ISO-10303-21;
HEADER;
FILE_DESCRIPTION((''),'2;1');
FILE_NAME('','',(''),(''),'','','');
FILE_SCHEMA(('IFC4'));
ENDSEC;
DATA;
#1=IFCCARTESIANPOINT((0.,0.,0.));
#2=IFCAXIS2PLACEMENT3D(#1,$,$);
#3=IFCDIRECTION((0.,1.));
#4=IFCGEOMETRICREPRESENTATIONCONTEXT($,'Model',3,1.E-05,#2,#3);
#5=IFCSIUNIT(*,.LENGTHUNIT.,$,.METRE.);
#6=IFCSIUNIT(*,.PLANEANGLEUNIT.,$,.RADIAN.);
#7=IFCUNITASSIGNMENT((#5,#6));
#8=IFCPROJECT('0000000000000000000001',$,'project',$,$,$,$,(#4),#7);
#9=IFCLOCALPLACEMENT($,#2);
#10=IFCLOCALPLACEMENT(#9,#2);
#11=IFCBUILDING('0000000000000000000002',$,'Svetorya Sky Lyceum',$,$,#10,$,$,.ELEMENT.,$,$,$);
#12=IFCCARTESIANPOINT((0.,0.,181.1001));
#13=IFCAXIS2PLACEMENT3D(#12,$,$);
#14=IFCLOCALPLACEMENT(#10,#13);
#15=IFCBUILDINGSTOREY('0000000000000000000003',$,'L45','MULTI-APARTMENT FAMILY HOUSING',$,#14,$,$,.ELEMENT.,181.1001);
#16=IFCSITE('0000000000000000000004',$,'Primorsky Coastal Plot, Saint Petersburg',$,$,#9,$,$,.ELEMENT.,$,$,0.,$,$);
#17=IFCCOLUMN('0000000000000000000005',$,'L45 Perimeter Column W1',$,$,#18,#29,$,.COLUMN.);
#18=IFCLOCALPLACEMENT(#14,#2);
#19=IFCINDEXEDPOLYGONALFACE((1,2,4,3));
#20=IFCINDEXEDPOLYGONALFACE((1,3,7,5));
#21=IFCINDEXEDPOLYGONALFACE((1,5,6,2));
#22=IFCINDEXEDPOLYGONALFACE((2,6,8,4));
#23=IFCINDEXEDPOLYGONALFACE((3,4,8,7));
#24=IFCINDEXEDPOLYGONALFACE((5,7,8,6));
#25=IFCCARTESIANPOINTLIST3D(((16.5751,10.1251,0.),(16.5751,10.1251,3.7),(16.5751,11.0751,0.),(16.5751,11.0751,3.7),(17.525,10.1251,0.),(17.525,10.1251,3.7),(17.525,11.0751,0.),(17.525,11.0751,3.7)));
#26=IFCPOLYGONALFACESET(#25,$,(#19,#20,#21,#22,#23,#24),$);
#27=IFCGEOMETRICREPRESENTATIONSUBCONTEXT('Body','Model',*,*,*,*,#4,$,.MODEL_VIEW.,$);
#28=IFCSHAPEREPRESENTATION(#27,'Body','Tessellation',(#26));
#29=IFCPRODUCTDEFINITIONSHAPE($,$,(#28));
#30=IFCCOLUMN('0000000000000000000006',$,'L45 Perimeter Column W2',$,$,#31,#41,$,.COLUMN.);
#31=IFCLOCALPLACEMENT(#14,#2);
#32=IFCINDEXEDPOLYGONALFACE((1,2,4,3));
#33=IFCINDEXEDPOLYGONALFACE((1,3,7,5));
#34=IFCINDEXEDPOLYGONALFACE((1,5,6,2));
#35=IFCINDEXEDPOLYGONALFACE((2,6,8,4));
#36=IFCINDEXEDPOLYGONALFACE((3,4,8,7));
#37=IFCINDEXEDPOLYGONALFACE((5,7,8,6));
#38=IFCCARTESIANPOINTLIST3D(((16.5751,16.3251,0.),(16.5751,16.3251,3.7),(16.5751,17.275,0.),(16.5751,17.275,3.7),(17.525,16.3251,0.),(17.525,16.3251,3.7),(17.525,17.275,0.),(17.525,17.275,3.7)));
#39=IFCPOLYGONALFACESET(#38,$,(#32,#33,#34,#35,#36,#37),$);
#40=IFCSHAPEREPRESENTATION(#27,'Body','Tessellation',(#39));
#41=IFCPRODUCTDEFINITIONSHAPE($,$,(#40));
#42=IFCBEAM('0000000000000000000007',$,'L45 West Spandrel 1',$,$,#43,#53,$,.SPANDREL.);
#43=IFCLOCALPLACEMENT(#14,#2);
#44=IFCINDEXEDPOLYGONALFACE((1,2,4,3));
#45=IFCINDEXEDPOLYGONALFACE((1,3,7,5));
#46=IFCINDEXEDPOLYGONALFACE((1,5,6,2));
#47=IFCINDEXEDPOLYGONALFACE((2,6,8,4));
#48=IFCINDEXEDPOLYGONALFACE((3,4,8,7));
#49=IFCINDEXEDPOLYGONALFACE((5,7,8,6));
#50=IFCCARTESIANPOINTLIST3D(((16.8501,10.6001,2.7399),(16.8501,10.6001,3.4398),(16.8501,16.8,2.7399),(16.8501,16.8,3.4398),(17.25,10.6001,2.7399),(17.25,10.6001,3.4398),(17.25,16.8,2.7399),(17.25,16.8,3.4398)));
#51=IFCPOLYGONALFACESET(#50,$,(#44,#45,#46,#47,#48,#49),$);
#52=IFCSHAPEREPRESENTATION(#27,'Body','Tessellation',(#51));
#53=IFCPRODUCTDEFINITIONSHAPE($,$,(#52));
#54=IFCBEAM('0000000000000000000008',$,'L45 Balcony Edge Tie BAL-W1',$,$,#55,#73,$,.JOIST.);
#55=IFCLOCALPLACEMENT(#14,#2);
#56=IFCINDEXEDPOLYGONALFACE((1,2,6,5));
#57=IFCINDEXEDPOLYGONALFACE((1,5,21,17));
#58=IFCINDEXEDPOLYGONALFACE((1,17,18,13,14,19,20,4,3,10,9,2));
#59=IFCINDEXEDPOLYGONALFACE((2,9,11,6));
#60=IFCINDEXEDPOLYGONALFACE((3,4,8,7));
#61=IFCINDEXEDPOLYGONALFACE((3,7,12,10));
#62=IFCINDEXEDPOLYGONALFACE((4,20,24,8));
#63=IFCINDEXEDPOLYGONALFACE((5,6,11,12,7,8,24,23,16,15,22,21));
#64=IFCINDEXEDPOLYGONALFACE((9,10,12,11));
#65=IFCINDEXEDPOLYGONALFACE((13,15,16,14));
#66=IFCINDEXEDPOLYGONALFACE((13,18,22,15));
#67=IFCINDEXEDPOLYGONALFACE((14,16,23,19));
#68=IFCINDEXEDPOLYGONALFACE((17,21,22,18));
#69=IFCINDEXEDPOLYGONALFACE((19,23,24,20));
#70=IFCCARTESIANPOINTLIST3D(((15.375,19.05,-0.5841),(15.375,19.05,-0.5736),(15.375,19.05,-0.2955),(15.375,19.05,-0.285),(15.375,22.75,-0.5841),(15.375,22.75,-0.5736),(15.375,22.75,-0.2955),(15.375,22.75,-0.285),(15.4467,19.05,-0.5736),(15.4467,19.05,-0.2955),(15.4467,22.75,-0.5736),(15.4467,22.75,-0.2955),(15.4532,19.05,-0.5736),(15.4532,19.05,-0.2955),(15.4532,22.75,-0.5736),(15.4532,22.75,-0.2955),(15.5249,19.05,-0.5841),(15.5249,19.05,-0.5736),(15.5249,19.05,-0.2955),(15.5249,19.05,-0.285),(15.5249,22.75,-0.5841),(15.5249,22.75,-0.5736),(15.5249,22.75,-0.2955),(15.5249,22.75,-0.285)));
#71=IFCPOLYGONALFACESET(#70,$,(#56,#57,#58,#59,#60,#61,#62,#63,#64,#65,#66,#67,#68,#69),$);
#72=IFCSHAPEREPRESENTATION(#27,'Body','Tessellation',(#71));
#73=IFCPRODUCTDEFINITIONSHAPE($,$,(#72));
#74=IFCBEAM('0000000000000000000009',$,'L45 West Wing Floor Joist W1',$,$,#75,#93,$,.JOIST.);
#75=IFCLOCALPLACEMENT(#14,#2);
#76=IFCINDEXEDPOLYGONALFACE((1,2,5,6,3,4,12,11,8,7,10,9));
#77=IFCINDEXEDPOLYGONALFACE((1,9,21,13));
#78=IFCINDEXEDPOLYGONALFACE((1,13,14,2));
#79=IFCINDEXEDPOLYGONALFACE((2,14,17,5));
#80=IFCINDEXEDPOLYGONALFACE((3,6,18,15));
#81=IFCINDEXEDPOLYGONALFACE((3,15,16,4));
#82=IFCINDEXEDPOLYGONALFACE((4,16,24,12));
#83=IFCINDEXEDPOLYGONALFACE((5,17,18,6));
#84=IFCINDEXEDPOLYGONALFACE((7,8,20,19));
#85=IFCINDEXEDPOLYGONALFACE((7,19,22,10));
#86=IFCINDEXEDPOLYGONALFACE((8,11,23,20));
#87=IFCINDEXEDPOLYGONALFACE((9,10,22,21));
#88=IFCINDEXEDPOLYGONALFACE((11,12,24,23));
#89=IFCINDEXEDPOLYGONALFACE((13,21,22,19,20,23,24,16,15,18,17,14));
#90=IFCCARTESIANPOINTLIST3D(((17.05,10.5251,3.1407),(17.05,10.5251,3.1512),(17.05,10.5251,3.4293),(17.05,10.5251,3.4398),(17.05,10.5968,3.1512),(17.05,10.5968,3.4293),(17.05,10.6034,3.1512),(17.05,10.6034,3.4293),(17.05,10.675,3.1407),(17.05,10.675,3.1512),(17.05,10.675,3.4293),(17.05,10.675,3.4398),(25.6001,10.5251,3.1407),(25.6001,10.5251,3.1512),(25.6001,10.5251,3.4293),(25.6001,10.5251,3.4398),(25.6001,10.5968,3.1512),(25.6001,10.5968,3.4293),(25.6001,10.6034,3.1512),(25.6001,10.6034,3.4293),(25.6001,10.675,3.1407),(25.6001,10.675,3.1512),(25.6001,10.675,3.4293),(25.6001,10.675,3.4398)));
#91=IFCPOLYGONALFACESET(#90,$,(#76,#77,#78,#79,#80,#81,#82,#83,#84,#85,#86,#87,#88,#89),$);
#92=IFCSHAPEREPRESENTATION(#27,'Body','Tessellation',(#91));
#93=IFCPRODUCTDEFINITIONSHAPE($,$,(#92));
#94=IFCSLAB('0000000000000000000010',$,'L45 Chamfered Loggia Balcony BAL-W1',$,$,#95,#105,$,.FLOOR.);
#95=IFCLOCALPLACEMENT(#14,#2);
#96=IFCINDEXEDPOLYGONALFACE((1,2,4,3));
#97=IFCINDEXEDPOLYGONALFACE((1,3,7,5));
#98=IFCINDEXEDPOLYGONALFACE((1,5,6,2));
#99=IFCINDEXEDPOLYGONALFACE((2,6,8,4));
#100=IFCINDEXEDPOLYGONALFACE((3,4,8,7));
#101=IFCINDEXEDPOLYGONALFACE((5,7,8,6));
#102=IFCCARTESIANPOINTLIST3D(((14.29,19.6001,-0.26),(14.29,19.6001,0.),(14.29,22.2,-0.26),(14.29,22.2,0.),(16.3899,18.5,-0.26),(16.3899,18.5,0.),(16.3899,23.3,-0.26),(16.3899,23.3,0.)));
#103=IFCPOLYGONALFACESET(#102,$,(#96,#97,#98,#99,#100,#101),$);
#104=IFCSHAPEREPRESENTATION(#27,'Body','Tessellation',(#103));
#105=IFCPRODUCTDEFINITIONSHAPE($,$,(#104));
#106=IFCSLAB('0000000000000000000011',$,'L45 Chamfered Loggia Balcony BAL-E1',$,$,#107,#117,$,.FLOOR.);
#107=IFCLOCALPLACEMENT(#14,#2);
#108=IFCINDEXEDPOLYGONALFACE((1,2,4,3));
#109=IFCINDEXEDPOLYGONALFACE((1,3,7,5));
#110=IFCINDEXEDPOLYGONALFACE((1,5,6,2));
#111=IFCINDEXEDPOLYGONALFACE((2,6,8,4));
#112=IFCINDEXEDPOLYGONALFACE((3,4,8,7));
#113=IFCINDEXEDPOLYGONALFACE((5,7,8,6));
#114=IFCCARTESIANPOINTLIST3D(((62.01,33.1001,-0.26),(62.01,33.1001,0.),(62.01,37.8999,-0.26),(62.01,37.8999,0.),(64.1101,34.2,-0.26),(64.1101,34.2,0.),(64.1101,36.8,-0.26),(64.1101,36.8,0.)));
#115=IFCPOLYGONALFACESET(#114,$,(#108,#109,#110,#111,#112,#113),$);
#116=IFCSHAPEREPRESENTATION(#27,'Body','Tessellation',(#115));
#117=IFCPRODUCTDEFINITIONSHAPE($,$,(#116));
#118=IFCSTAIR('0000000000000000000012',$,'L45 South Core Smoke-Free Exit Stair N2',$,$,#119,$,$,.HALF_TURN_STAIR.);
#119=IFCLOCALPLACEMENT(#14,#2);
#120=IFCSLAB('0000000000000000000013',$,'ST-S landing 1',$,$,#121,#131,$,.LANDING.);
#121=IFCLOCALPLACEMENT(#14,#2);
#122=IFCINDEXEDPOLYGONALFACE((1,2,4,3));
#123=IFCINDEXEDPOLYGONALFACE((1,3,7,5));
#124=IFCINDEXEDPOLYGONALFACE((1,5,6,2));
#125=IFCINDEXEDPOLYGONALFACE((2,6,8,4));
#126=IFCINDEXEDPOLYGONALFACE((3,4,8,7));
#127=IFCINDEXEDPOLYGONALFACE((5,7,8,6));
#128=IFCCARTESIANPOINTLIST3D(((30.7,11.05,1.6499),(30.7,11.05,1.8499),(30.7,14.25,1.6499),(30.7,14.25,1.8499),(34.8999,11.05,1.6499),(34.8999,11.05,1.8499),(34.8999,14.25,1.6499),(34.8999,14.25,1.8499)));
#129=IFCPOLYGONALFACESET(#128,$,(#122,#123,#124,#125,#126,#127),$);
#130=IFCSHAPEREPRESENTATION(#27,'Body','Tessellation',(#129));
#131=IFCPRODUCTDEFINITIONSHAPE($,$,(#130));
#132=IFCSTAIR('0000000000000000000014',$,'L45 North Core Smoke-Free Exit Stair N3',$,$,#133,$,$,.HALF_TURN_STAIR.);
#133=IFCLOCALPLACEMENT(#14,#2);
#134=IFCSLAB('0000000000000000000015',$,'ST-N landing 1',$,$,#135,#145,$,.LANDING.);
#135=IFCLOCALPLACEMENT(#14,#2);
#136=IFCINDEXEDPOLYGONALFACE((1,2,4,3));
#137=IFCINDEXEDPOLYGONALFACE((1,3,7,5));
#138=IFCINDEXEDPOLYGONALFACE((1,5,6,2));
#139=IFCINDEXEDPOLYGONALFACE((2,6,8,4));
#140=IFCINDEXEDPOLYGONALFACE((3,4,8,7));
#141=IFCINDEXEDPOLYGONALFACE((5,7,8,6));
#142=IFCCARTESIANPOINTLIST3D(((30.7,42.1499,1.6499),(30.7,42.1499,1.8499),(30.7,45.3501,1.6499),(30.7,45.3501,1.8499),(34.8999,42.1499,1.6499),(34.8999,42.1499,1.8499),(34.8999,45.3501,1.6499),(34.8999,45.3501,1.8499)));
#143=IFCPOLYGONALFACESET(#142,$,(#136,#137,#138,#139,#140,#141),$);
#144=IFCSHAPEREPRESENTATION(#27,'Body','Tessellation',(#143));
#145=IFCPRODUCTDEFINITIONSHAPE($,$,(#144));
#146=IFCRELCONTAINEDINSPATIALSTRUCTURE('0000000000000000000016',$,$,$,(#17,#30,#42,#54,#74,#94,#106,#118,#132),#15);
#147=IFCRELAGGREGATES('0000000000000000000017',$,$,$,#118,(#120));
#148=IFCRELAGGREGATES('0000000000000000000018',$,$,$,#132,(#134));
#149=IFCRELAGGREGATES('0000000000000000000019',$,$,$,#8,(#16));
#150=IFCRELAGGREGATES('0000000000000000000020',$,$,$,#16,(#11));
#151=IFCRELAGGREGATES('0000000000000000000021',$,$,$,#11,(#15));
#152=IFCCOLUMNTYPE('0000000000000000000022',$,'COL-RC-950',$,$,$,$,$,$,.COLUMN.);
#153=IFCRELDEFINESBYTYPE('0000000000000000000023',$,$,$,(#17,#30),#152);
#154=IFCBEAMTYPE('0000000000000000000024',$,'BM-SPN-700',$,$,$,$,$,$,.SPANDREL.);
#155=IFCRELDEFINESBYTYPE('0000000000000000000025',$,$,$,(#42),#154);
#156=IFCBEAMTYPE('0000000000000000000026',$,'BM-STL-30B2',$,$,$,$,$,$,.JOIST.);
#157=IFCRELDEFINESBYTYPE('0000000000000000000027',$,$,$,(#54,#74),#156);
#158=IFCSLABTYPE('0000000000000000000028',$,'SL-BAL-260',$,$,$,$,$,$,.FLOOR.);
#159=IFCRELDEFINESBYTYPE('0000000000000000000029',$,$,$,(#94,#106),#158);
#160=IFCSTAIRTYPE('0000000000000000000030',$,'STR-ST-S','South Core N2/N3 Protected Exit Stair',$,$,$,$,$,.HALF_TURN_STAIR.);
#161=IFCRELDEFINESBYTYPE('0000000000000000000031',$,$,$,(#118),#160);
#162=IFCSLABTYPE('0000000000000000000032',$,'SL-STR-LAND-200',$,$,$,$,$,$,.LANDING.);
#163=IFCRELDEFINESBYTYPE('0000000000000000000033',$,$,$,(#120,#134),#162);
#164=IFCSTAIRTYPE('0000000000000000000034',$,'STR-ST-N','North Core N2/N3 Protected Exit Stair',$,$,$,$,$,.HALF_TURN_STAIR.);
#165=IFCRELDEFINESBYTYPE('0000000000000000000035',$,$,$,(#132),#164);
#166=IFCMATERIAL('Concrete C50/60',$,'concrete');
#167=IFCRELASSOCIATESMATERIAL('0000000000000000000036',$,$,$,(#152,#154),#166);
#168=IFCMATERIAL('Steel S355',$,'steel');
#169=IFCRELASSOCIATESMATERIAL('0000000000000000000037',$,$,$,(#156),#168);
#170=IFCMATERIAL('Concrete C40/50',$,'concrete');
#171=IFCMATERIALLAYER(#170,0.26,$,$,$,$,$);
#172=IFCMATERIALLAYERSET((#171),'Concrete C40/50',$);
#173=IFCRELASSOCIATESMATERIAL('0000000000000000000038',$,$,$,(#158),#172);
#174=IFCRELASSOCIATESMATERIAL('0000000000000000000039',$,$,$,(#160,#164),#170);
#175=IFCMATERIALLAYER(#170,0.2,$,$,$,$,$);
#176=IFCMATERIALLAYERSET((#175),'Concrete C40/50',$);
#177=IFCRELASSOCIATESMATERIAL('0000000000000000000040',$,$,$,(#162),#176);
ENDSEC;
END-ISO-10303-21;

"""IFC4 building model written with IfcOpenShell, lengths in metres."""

from ifc_helpers import new_model, si_unit, direction, frame, origin, origin_2d, place, context, subcontext, project, spatial, polyline, rectangle, i_section, outline, extrude, material, layer, layer_set, material_profile, profile_set, type_object, element, aggregate, save


model = new_model("IFC4")

# Units and contexts
model_context = context("Model", 3, precision=1e-05, world=origin(), true_north=direction((0.0, 1.0)))
body_context = subcontext(model_context, "Body", "Model", "MODEL_VIEW")
ifc_project = project(units=[si_unit("LENGTHUNIT", "METRE"), si_unit("PLANEANGLEUNIT", "RADIAN")], contexts=[model_context])

# Site, building, storey
site_placement = place(None, origin())
site = spatial("IfcSite", under=ifc_project, at=site_placement, Name="Primorsky Coastal Plot, Saint Petersburg", CompositionType="ELEMENT", RefElevation=0.0)
building_placement = place(site_placement, origin())
building = spatial("IfcBuilding", under=site, at=building_placement, Name="Svetorya Sky Lyceum", CompositionType="ELEMENT")
storey_placement = place(building_placement, frame((0.0, 0.0, 181.1001)))
storey = spatial("IfcBuildingStorey", under=building, at=storey_placement, Name="L45", Description="MULTI-APARTMENT FAMILY HOUSING", CompositionType="ELEMENT", Elevation=181.1001)

# Columns
ifc_material_1 = material(Name="Concrete C50/60", Category="concrete")
ifc_material_profile_1 = material_profile(ifc_material_1, rectangle(XDim=0.95, YDim=0.95, at=origin_2d()), Name="RC COL 950x950")
ifc_profile_set_1 = profile_set([ifc_material_profile_1], Name="Concrete C50/60")
column_type = type_object("IfcColumnType", Name="COL-RC-950", PredefinedType="COLUMN", material=ifc_profile_set_1)
for number, where, z_axis, x_axis, name in (
    (1, (17.05, 10.6001, 0.0), (0.0, 0.0, 1.0), (1.0, 0.0, 0.0), "L45 Perimeter Column W1"),
    (2, (17.05, 16.8, 0.0), (0.0, 0.0, 1.0), (1.0, 0.0, 0.0), "L45 Perimeter Column W2"),
):
    element("IfcColumn", number, at=place(storey_placement, frame(where, z_axis=z_axis, x_axis=x_axis)), inside=storey, type_object=column_type, Name=name, PredefinedType="COLUMN", context=body_context, shape_type="SweptSolid", body=[
        extrude(rectangle(XDim=0.95, YDim=0.95, at=origin_2d()), origin(), (0.0, 0.0, 1.0), 3.7),
    ])

# Beams
ifc_material_profile_2 = material_profile(ifc_material_1, rectangle(XDim=0.3999, YDim=0.7, at=origin_2d()), Name="RC SPANDREL 400x700")
ifc_profile_set_2 = profile_set([ifc_material_profile_2], Name="Concrete C50/60")
beam_type_1 = type_object("IfcBeamType", Name="BM-SPN-700", PredefinedType="SPANDREL", material=ifc_profile_set_2)
beam_1_placement = place(storey_placement, frame((17.05, 10.6001, 3.0898), z_axis=(0.0, 1.0, 0.0), x_axis=(-1.0, 0.0, 0.0)))
element("IfcBeam", 3, at=beam_1_placement, inside=storey, type_object=beam_type_1, Name="L45 West Spandrel 1", PredefinedType="SPANDREL", context=body_context, shape_type="SweptSolid", body=[
    extrude(rectangle(XDim=0.3999, YDim=0.7, at=origin_2d()), origin(), (0.0, 0.0, 1.0), 6.2),
])
ifc_material_2 = material(Name="Steel S355", Category="steel")
ifc_material_profile_3 = material_profile(ifc_material_2, i_section(OverallWidth=0.1499, OverallDepth=0.2991, WebThickness=0.0066, FlangeThickness=0.0105, at=origin_2d()), Name="GOST 30B2")
ifc_profile_set_3 = profile_set([ifc_material_profile_3], Name="Steel S355")
beam_type_2 = type_object("IfcBeamType", Name="BM-STL-30B2", PredefinedType="JOIST", material=ifc_profile_set_3)
beam_2_placement = place(storey_placement, frame((15.45, 19.05, -0.4346), z_axis=(0.0, 1.0, 0.0), x_axis=(-1.0, 0.0, 0.0)))
element("IfcBeam", 4, at=beam_2_placement, inside=storey, type_object=beam_type_2, Name="L45 Balcony Edge Tie BAL-W1", PredefinedType="JOIST", context=body_context, shape_type="SweptSolid", body=[
    extrude(i_section(OverallWidth=0.1499, OverallDepth=0.2991, WebThickness=0.0066, FlangeThickness=0.0105, at=origin_2d()), origin(), (0.0, 0.0, 1.0), 3.7),
])
beam_3_placement = place(storey_placement, frame((17.05, 10.6001, 3.2903), z_axis=(1.0, 0.0, 0.0), x_axis=(0.0, 1.0, 0.0)))
element("IfcBeam", 5, at=beam_3_placement, inside=storey, type_object=beam_type_2, Name="L45 West Wing Floor Joist W1", PredefinedType="JOIST", context=body_context, shape_type="SweptSolid", body=[
    extrude(i_section(OverallWidth=0.1499, OverallDepth=0.2991, WebThickness=0.0066, FlangeThickness=0.0105, at=origin_2d()), origin(), (0.0, 0.0, 1.0), 8.55),
])

# Slabs
ifc_material_3 = material(Name="Concrete C40/50", Category="concrete")
ifc_layer_1 = layer(ifc_material_3, 0.26)
ifc_layer_set_1 = layer_set([ifc_layer_1], Name="Concrete C40/50")
slab_type_1 = type_object("IfcSlabType", Name="SL-BAL-260", PredefinedType="FLOOR", material=ifc_layer_set_1)
slab_1_placement = place(storey_placement, frame((0.0, 0.0, -0.26)))
element("IfcSlab", 6, at=slab_1_placement, inside=storey, type_object=slab_type_1, Name="L45 Chamfered Loggia Balcony BAL-W1", PredefinedType="FLOOR", context=body_context, shape_type="SweptSolid", body=[
    extrude(outline(polyline([(16.3899, 18.5), (16.3899, 23.3), (14.29, 22.2), (14.29, 19.6001), (16.3899, 18.5)])), origin(), (0.0, 0.0, 1.0), 0.26),
])
slab_2_placement = place(storey_placement, frame((0.0, 0.0, -0.26)))
element("IfcSlab", 7, at=slab_2_placement, inside=storey, type_object=slab_type_1, Name="L45 Chamfered Loggia Balcony BAL-E1", PredefinedType="FLOOR", context=body_context, shape_type="SweptSolid", body=[
    extrude(outline(polyline([(62.01, 33.1001), (64.1101, 34.2), (64.1101, 36.8), (62.01, 37.8999), (62.01, 33.1001)])), origin(), (0.0, 0.0, 1.0), 0.26),
])

# Stairs, slabs
stair_type_1 = type_object("IfcStairType", Name="STR-ST-S", Description="South Core N2/N3 Protected Exit Stair", PredefinedType="HALF_TURN_STAIR", material=ifc_material_3)
stair_1_placement = place(storey_placement, origin())
stair_1 = element("IfcStair", 8, at=stair_1_placement, inside=storey, type_object=stair_type_1, Name="L45 South Core Smoke-Free Exit Stair N2", PredefinedType="HALF_TURN_STAIR")
ifc_layer_2 = layer(ifc_material_3, 0.2)
ifc_layer_set_2 = layer_set([ifc_layer_2], Name="Concrete C40/50")
slab_type_2 = type_object("IfcSlabType", Name="SL-STR-LAND-200", PredefinedType="LANDING", material=ifc_layer_set_2)
slab_3_placement = place(storey_placement, frame((0.0, 0.0, 1.6499)))
slab_3 = element("IfcSlab", 9, at=slab_3_placement, type_object=slab_type_2, Name="ST-S landing 1", PredefinedType="LANDING", context=body_context, shape_type="SweptSolid", body=[
    extrude(outline(polyline([(30.7, 11.05), (34.8999, 11.05), (34.8999, 14.25), (30.7, 14.25), (30.7, 11.05)])), origin(), (0.0, 0.0, 1.0), 0.2),
])
aggregate(stair_1, [slab_3])
stair_type_2 = type_object("IfcStairType", Name="STR-ST-N", Description="North Core N2/N3 Protected Exit Stair", PredefinedType="HALF_TURN_STAIR", material=ifc_material_3)
stair_2_placement = place(storey_placement, origin())
stair_2 = element("IfcStair", 10, at=stair_2_placement, inside=storey, type_object=stair_type_2, Name="L45 North Core Smoke-Free Exit Stair N3", PredefinedType="HALF_TURN_STAIR")
slab_4_placement = place(storey_placement, frame((0.0, 0.0, 1.6499)))
slab_4 = element("IfcSlab", 11, at=slab_4_placement, type_object=slab_type_2, Name="ST-N landing 1", PredefinedType="LANDING", context=body_context, shape_type="SweptSolid", body=[
    extrude(outline(polyline([(30.7, 42.1499), (34.8999, 42.1499), (34.8999, 45.3501), (30.7, 45.3501), (30.7, 42.1499)])), origin(), (0.0, 0.0, 1.0), 0.2),
])
aggregate(stair_2, [slab_4])

save(model, "model.ifc")
